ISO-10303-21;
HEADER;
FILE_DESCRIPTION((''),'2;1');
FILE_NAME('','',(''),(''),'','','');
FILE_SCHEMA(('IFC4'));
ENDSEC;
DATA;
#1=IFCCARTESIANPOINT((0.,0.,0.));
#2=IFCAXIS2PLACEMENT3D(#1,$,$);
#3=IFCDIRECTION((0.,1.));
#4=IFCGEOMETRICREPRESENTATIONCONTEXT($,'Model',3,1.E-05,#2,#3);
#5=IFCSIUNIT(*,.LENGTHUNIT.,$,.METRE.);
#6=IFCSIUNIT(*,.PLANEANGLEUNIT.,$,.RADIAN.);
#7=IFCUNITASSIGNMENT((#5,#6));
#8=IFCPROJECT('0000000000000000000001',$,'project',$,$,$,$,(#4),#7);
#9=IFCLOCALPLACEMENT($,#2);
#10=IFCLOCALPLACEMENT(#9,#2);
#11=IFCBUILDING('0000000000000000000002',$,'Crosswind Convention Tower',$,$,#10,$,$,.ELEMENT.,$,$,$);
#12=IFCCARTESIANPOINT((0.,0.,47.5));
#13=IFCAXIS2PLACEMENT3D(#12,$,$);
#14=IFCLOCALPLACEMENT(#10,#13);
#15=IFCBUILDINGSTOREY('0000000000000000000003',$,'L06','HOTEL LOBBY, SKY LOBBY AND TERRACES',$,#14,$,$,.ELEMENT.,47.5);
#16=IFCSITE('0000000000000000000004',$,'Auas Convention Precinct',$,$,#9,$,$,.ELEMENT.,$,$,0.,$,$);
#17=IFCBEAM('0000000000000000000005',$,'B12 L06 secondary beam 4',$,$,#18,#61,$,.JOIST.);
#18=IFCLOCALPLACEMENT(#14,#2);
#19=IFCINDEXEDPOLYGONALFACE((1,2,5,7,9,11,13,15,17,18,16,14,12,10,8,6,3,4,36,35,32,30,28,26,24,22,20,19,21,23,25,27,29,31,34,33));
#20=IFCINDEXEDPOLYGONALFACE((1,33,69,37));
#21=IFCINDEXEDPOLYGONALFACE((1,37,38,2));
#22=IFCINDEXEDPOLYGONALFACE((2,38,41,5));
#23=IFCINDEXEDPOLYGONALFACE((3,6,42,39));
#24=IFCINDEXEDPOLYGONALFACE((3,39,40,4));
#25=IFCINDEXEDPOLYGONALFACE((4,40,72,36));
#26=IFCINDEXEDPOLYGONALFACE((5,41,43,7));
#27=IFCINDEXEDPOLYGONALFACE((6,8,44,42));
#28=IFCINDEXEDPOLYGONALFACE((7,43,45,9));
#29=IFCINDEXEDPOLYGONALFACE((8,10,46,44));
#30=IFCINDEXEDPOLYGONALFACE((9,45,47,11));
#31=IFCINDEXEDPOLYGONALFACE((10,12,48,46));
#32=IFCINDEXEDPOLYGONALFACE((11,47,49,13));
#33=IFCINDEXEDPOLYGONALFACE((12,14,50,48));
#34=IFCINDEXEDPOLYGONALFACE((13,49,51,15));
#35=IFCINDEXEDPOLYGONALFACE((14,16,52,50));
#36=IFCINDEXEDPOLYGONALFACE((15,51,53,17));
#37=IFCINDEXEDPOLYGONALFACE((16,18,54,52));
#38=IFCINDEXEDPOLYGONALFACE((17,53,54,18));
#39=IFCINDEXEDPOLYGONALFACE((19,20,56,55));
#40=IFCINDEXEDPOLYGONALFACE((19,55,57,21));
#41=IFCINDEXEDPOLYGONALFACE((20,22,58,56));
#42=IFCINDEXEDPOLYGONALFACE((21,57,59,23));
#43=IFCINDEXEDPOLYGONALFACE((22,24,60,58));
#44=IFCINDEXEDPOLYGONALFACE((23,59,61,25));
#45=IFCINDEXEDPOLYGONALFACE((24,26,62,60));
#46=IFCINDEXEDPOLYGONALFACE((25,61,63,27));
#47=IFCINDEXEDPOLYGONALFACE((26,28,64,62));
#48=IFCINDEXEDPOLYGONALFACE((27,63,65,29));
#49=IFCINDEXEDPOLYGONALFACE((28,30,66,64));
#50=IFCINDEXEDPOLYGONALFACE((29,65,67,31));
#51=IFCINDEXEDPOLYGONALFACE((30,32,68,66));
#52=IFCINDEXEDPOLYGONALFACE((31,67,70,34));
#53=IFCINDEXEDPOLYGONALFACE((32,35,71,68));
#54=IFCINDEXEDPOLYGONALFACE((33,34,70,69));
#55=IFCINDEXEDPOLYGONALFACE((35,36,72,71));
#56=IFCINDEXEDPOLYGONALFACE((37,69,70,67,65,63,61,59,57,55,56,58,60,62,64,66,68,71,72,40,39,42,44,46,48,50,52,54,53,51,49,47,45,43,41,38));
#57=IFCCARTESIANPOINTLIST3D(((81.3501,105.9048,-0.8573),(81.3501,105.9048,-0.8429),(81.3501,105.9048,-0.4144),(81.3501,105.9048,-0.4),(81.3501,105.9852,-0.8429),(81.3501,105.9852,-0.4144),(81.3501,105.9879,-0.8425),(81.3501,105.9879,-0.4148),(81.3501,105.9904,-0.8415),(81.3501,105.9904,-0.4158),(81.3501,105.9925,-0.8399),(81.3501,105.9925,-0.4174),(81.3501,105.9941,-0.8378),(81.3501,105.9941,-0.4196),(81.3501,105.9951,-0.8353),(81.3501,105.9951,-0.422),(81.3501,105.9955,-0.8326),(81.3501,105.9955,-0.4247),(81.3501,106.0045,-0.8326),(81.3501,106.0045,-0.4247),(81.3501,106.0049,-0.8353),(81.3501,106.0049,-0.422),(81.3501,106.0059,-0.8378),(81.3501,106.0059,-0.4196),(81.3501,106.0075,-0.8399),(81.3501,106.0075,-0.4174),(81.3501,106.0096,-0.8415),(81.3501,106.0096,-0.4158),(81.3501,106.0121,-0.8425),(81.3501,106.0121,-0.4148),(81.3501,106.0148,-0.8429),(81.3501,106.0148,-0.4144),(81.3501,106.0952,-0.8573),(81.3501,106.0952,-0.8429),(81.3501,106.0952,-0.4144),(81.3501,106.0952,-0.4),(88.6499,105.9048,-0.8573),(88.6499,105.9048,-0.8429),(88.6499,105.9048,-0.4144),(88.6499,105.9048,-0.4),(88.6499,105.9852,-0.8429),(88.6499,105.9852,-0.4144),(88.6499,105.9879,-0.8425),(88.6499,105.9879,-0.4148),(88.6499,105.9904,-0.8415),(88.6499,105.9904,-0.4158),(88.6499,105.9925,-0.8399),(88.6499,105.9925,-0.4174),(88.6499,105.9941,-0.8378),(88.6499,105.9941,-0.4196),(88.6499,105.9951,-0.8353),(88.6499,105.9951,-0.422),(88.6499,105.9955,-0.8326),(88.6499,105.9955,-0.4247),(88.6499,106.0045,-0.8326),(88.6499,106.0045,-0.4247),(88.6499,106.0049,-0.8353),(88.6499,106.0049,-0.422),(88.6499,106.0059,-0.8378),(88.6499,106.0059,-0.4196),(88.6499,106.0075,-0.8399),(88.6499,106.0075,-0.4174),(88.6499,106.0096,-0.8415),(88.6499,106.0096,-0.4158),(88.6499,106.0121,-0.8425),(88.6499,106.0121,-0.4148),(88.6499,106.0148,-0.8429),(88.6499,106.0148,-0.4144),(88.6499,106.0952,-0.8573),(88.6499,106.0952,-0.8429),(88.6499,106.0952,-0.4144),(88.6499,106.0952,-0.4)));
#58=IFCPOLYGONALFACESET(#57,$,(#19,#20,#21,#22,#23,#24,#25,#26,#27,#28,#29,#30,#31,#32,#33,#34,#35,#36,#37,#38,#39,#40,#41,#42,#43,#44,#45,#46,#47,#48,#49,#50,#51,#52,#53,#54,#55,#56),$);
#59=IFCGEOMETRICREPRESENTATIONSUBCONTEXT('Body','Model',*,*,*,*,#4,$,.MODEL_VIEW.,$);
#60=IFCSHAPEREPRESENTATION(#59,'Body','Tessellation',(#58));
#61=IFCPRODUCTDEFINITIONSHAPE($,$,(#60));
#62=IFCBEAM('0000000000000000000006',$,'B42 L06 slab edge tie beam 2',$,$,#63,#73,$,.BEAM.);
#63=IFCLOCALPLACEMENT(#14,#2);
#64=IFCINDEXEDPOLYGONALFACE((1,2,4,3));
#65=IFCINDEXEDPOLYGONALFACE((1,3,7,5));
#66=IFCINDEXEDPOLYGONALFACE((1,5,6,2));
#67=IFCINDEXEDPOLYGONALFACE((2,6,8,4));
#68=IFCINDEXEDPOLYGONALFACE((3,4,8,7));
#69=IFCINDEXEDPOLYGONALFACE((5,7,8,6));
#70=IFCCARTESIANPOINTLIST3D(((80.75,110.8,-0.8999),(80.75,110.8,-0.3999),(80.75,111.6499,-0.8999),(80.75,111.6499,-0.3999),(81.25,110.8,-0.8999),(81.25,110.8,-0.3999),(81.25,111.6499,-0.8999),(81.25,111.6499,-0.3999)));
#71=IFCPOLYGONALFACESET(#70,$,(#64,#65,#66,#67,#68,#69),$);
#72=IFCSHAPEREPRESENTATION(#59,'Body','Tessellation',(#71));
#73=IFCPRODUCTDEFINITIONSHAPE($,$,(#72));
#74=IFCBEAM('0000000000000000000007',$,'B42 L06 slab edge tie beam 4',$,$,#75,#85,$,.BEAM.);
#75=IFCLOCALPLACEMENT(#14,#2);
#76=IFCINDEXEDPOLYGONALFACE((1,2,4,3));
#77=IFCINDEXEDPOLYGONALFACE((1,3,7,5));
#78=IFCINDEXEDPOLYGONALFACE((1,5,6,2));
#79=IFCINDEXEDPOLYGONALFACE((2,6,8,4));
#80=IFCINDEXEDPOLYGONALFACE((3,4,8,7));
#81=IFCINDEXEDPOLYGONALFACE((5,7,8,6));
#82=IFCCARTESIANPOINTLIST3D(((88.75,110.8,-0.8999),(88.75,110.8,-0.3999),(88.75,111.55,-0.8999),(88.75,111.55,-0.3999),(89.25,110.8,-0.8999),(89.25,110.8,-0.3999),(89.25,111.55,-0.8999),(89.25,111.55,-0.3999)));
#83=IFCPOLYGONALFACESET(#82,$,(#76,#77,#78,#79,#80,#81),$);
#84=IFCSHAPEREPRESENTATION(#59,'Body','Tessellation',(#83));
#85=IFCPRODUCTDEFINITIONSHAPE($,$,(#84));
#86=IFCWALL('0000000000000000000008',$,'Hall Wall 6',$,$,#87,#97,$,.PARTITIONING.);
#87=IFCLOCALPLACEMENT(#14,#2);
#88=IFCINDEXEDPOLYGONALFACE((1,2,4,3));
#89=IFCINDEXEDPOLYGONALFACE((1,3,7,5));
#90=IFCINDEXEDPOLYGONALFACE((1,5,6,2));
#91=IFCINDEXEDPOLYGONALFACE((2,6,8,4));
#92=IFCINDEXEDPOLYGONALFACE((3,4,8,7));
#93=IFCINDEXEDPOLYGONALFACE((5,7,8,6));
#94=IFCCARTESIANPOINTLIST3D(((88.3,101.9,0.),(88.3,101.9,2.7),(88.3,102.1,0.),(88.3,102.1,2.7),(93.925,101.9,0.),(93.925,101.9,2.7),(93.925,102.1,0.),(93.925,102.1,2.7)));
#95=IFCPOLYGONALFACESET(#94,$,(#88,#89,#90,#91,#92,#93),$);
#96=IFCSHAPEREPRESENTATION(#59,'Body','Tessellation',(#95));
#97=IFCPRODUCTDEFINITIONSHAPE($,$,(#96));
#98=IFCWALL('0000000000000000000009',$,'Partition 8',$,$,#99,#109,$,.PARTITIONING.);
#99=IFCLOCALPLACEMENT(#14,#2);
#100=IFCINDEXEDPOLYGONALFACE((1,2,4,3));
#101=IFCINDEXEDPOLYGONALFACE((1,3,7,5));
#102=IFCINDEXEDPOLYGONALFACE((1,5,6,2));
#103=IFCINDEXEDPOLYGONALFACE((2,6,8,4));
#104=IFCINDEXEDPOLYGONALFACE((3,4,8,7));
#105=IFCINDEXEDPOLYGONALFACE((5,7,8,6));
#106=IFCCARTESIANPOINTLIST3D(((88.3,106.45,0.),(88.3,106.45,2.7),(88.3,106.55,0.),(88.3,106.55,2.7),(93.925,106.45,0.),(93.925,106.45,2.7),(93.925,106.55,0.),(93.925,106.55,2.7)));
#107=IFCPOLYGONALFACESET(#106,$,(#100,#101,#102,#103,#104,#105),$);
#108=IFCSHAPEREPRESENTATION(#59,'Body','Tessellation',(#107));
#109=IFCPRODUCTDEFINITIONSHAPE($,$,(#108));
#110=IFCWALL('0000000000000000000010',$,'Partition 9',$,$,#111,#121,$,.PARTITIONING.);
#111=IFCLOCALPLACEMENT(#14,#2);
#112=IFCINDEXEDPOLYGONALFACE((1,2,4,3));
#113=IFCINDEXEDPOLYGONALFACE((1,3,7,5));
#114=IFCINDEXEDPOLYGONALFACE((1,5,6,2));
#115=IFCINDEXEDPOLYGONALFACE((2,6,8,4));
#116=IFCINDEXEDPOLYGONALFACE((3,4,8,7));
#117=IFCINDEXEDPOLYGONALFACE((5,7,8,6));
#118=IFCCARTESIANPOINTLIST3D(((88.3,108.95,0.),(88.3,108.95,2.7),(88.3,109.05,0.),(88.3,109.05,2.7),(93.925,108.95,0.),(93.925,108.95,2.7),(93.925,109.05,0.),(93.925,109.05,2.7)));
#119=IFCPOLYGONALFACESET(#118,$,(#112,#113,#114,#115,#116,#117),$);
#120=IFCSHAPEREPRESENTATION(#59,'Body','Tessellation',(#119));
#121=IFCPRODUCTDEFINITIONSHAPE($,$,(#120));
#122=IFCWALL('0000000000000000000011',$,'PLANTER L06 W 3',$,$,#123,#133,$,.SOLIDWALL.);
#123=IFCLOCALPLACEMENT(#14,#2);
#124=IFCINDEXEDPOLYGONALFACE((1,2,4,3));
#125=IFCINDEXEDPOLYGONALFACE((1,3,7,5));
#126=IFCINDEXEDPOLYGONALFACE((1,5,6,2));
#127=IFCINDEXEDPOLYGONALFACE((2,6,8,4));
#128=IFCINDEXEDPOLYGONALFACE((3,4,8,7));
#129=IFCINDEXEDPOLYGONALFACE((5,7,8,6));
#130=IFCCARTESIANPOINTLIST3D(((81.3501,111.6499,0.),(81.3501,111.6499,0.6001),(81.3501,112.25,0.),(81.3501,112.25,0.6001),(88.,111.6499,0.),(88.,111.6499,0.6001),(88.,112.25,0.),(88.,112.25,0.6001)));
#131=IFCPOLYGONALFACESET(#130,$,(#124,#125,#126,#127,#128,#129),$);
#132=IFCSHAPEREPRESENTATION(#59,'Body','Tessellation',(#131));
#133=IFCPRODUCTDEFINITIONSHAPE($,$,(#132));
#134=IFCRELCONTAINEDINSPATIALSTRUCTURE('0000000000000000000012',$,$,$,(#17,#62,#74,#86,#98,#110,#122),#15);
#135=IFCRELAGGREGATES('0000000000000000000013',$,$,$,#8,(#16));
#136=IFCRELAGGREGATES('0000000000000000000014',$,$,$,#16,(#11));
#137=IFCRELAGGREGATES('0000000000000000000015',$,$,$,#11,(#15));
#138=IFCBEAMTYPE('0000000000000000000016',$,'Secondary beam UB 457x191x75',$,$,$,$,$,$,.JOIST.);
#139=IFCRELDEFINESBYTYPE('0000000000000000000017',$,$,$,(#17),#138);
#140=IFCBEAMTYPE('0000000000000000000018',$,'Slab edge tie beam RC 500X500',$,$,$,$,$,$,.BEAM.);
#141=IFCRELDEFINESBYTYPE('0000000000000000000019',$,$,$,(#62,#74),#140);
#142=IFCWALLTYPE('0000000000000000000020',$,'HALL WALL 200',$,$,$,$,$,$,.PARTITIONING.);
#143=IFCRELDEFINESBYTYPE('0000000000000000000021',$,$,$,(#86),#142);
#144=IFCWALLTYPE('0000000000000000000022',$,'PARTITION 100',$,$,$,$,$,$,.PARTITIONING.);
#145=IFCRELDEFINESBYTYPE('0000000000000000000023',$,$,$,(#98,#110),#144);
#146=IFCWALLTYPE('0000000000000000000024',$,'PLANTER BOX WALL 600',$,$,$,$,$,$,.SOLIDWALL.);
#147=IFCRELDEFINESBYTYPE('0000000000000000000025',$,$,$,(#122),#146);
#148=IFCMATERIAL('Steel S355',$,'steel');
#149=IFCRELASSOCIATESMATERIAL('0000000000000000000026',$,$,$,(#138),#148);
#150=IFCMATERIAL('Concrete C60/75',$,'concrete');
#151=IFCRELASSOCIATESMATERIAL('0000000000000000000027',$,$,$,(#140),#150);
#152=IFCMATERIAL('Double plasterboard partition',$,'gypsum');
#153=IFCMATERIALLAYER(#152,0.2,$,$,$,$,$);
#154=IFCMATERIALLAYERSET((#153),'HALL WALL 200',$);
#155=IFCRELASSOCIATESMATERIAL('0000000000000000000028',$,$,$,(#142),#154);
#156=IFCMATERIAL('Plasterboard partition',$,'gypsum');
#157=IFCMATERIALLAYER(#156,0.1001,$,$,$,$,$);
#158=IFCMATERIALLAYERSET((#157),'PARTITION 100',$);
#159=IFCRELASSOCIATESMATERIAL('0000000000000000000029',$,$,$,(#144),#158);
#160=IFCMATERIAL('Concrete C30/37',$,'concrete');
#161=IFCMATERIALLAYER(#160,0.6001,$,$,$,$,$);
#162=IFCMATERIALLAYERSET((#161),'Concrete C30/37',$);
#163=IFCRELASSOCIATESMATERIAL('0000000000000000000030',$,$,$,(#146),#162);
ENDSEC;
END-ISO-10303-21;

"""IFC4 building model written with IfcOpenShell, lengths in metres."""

from ifc_helpers import new_model, si_unit, direction, frame, frame_2d, origin, origin_2d, place, context, subcontext, project, spatial, rectangle, i_section, extrude, material, layer, layer_set, material_profile, profile_set, type_object, element, save


model = new_model("IFC4")

# Units and contexts
model_context = context("Model", 3, precision=1e-05, world=origin(), true_north=direction((0.0, 1.0)))
body_context = subcontext(model_context, "Body", "Model", "MODEL_VIEW")
ifc_project = project(units=[si_unit("LENGTHUNIT", "METRE"), si_unit("PLANEANGLEUNIT", "RADIAN")], contexts=[model_context])

# Site, building, storey
site_placement = place(None, origin())
site = spatial("IfcSite", under=ifc_project, at=site_placement, Name="Auas Convention Precinct", CompositionType="ELEMENT", RefElevation=0.0)
building_placement = place(site_placement, origin())
building = spatial("IfcBuilding", under=site, at=building_placement, Name="Crosswind Convention Tower", CompositionType="ELEMENT")
storey_placement = place(building_placement, frame((0.0, 0.0, 47.5)))
storey = spatial("IfcBuildingStorey", under=building, at=storey_placement, Name="L06", Description="HOTEL LOBBY, SKY LOBBY AND TERRACES", CompositionType="ELEMENT", Elevation=47.5)

# Shared definitions
ifc_material_1 = material(Name="Concrete C60/75", Category="concrete")

# Beams
ifc_material_2 = material(Name="Steel S355", Category="steel")
ifc_material_profile_1 = material_profile(ifc_material_2, i_section(OverallWidth=0.1904, OverallDepth=0.4573, WebThickness=0.009, FlangeThickness=0.0144, FilletRadius=0.0103, at=origin_2d()), Name="UB 457x191x75")
ifc_profile_set_1 = profile_set([ifc_material_profile_1], Name="Steel S355")
beam_type_1 = type_object("IfcBeamType", Name="Secondary beam UB 457x191x75", PredefinedType="JOIST", material=ifc_profile_set_1)
for number, where, z_axis, x_axis, name in (
    (1, (81.3501, 106.0, -0.6287), (1.0, 0.0, 0.0), (0.0, 1.0, 0.0), "B12 L06 secondary beam 4"),
):
    element("IfcBeam", number, at=place(storey_placement, frame(where, z_axis=z_axis, x_axis=x_axis)), inside=storey, type_object=beam_type_1, Name=name, PredefinedType="JOIST", context=body_context, shape_type="SweptSolid", body=[
        extrude(i_section(OverallWidth=0.1904, OverallDepth=0.4573, WebThickness=0.009, FlangeThickness=0.0144, FilletRadius=0.0103, at=origin_2d()), origin(), (0.0, 0.0, 1.0), 7.2998),
    ])
ifc_material_profile_2 = material_profile(ifc_material_1, rectangle(XDim=0.5, YDim=0.5, at=origin_2d()), Name="RC 500X500")
ifc_profile_set_2 = profile_set([ifc_material_profile_2], Name="Concrete C60/75")
beam_type_2 = type_object("IfcBeamType", Name="Slab edge tie beam RC 500X500", PredefinedType="BEAM", material=ifc_profile_set_2)
beam_1_placement = place(storey_placement, frame((81.0, 110.8, -0.6499), z_axis=(0.0, 1.0, 0.0), x_axis=(-1.0, 0.0, 0.0)))
element("IfcBeam", 2, at=beam_1_placement, inside=storey, type_object=beam_type_2, Name="B42 L06 slab edge tie beam 2", PredefinedType="BEAM", context=body_context, shape_type="SweptSolid", body=[
    extrude(rectangle(XDim=0.5, YDim=0.5, at=origin_2d()), origin(), (0.0, 0.0, 1.0), 0.8499),
])
beam_2_placement = place(storey_placement, frame((89.0, 110.8, -0.6499), z_axis=(0.0, 1.0, 0.0), x_axis=(-1.0, 0.0, 0.0)))
element("IfcBeam", 3, at=beam_2_placement, inside=storey, type_object=beam_type_2, Name="B42 L06 slab edge tie beam 4", PredefinedType="BEAM", context=body_context, shape_type="SweptSolid", body=[
    extrude(rectangle(XDim=0.5, YDim=0.5, at=origin_2d()), origin(), (0.0, 0.0, 1.0), 0.75),
])

# Walls
ifc_material_3 = material(Name="Double plasterboard partition", Category="gypsum")
ifc_layer_1 = layer(ifc_material_3, 0.2)
ifc_layer_set_1 = layer_set([ifc_layer_1], Name="HALL WALL 200")
wall_type_1 = type_object("IfcWallType", Name="HALL WALL 200", PredefinedType="PARTITIONING", material=ifc_layer_set_1)
wall_1_placement = place(storey_placement, frame((88.3, 102.0, 0.0), z_axis=(0.0, 0.0, 1.0), x_axis=(1.0, 0.0, 0.0)))
element("IfcWall", 4, at=wall_1_placement, inside=storey, type_object=wall_type_1, Name="Hall Wall 6", PredefinedType="PARTITIONING", context=body_context, shape_type="SweptSolid", body=[
    extrude(rectangle(XDim=5.625, YDim=0.2, at=frame_2d((2.8125, 0.0))), origin(), (0.0, 0.0, 1.0), 2.7),
])
ifc_material_4 = material(Name="Plasterboard partition", Category="gypsum")
ifc_layer_2 = layer(ifc_material_4, 0.1001)
ifc_layer_set_2 = layer_set([ifc_layer_2], Name="PARTITION 100")
wall_type_2 = type_object("IfcWallType", Name="PARTITION 100", PredefinedType="PARTITIONING", material=ifc_layer_set_2)
for number, where, z_axis, x_axis, name in (
    (5, (88.3, 106.5, 0.0), (0.0, 0.0, 1.0), (1.0, 0.0, 0.0), "Partition 8"),
    (6, (88.3, 109.0, 0.0), (0.0, 0.0, 1.0), (1.0, 0.0, 0.0), "Partition 9"),
):
    element("IfcWall", number, at=place(storey_placement, frame(where, z_axis=z_axis, x_axis=x_axis)), inside=storey, type_object=wall_type_2, Name=name, PredefinedType="PARTITIONING", context=body_context, shape_type="SweptSolid", body=[
        extrude(rectangle(XDim=5.625, YDim=0.1001, at=frame_2d((2.8125, 0.0))), origin(), (0.0, 0.0, 1.0), 2.7),
    ])
ifc_material_5 = material(Name="Concrete C30/37", Category="concrete")
ifc_layer_3 = layer(ifc_material_5, 0.6001)
ifc_layer_set_3 = layer_set([ifc_layer_3], Name="Concrete C30/37")
wall_type_3 = type_object("IfcWallType", Name="PLANTER BOX WALL 600", PredefinedType="SOLIDWALL", material=ifc_layer_set_3)
wall_2_placement = place(storey_placement, frame((81.3501, 111.95, 0.0), z_axis=(0.0, 0.0, 1.0), x_axis=(1.0, 0.0, 0.0)))
element("IfcWall", 7, at=wall_2_placement, inside=storey, type_object=wall_type_3, Name="PLANTER L06 W 3", PredefinedType="SOLIDWALL", context=body_context, shape_type="SweptSolid", body=[
    extrude(rectangle(XDim=6.6499, YDim=0.6001, at=frame_2d((3.325, 0.0))), origin(), (0.0, 0.0, 1.0), 0.6001),
])

save(model, "model.ifc")
